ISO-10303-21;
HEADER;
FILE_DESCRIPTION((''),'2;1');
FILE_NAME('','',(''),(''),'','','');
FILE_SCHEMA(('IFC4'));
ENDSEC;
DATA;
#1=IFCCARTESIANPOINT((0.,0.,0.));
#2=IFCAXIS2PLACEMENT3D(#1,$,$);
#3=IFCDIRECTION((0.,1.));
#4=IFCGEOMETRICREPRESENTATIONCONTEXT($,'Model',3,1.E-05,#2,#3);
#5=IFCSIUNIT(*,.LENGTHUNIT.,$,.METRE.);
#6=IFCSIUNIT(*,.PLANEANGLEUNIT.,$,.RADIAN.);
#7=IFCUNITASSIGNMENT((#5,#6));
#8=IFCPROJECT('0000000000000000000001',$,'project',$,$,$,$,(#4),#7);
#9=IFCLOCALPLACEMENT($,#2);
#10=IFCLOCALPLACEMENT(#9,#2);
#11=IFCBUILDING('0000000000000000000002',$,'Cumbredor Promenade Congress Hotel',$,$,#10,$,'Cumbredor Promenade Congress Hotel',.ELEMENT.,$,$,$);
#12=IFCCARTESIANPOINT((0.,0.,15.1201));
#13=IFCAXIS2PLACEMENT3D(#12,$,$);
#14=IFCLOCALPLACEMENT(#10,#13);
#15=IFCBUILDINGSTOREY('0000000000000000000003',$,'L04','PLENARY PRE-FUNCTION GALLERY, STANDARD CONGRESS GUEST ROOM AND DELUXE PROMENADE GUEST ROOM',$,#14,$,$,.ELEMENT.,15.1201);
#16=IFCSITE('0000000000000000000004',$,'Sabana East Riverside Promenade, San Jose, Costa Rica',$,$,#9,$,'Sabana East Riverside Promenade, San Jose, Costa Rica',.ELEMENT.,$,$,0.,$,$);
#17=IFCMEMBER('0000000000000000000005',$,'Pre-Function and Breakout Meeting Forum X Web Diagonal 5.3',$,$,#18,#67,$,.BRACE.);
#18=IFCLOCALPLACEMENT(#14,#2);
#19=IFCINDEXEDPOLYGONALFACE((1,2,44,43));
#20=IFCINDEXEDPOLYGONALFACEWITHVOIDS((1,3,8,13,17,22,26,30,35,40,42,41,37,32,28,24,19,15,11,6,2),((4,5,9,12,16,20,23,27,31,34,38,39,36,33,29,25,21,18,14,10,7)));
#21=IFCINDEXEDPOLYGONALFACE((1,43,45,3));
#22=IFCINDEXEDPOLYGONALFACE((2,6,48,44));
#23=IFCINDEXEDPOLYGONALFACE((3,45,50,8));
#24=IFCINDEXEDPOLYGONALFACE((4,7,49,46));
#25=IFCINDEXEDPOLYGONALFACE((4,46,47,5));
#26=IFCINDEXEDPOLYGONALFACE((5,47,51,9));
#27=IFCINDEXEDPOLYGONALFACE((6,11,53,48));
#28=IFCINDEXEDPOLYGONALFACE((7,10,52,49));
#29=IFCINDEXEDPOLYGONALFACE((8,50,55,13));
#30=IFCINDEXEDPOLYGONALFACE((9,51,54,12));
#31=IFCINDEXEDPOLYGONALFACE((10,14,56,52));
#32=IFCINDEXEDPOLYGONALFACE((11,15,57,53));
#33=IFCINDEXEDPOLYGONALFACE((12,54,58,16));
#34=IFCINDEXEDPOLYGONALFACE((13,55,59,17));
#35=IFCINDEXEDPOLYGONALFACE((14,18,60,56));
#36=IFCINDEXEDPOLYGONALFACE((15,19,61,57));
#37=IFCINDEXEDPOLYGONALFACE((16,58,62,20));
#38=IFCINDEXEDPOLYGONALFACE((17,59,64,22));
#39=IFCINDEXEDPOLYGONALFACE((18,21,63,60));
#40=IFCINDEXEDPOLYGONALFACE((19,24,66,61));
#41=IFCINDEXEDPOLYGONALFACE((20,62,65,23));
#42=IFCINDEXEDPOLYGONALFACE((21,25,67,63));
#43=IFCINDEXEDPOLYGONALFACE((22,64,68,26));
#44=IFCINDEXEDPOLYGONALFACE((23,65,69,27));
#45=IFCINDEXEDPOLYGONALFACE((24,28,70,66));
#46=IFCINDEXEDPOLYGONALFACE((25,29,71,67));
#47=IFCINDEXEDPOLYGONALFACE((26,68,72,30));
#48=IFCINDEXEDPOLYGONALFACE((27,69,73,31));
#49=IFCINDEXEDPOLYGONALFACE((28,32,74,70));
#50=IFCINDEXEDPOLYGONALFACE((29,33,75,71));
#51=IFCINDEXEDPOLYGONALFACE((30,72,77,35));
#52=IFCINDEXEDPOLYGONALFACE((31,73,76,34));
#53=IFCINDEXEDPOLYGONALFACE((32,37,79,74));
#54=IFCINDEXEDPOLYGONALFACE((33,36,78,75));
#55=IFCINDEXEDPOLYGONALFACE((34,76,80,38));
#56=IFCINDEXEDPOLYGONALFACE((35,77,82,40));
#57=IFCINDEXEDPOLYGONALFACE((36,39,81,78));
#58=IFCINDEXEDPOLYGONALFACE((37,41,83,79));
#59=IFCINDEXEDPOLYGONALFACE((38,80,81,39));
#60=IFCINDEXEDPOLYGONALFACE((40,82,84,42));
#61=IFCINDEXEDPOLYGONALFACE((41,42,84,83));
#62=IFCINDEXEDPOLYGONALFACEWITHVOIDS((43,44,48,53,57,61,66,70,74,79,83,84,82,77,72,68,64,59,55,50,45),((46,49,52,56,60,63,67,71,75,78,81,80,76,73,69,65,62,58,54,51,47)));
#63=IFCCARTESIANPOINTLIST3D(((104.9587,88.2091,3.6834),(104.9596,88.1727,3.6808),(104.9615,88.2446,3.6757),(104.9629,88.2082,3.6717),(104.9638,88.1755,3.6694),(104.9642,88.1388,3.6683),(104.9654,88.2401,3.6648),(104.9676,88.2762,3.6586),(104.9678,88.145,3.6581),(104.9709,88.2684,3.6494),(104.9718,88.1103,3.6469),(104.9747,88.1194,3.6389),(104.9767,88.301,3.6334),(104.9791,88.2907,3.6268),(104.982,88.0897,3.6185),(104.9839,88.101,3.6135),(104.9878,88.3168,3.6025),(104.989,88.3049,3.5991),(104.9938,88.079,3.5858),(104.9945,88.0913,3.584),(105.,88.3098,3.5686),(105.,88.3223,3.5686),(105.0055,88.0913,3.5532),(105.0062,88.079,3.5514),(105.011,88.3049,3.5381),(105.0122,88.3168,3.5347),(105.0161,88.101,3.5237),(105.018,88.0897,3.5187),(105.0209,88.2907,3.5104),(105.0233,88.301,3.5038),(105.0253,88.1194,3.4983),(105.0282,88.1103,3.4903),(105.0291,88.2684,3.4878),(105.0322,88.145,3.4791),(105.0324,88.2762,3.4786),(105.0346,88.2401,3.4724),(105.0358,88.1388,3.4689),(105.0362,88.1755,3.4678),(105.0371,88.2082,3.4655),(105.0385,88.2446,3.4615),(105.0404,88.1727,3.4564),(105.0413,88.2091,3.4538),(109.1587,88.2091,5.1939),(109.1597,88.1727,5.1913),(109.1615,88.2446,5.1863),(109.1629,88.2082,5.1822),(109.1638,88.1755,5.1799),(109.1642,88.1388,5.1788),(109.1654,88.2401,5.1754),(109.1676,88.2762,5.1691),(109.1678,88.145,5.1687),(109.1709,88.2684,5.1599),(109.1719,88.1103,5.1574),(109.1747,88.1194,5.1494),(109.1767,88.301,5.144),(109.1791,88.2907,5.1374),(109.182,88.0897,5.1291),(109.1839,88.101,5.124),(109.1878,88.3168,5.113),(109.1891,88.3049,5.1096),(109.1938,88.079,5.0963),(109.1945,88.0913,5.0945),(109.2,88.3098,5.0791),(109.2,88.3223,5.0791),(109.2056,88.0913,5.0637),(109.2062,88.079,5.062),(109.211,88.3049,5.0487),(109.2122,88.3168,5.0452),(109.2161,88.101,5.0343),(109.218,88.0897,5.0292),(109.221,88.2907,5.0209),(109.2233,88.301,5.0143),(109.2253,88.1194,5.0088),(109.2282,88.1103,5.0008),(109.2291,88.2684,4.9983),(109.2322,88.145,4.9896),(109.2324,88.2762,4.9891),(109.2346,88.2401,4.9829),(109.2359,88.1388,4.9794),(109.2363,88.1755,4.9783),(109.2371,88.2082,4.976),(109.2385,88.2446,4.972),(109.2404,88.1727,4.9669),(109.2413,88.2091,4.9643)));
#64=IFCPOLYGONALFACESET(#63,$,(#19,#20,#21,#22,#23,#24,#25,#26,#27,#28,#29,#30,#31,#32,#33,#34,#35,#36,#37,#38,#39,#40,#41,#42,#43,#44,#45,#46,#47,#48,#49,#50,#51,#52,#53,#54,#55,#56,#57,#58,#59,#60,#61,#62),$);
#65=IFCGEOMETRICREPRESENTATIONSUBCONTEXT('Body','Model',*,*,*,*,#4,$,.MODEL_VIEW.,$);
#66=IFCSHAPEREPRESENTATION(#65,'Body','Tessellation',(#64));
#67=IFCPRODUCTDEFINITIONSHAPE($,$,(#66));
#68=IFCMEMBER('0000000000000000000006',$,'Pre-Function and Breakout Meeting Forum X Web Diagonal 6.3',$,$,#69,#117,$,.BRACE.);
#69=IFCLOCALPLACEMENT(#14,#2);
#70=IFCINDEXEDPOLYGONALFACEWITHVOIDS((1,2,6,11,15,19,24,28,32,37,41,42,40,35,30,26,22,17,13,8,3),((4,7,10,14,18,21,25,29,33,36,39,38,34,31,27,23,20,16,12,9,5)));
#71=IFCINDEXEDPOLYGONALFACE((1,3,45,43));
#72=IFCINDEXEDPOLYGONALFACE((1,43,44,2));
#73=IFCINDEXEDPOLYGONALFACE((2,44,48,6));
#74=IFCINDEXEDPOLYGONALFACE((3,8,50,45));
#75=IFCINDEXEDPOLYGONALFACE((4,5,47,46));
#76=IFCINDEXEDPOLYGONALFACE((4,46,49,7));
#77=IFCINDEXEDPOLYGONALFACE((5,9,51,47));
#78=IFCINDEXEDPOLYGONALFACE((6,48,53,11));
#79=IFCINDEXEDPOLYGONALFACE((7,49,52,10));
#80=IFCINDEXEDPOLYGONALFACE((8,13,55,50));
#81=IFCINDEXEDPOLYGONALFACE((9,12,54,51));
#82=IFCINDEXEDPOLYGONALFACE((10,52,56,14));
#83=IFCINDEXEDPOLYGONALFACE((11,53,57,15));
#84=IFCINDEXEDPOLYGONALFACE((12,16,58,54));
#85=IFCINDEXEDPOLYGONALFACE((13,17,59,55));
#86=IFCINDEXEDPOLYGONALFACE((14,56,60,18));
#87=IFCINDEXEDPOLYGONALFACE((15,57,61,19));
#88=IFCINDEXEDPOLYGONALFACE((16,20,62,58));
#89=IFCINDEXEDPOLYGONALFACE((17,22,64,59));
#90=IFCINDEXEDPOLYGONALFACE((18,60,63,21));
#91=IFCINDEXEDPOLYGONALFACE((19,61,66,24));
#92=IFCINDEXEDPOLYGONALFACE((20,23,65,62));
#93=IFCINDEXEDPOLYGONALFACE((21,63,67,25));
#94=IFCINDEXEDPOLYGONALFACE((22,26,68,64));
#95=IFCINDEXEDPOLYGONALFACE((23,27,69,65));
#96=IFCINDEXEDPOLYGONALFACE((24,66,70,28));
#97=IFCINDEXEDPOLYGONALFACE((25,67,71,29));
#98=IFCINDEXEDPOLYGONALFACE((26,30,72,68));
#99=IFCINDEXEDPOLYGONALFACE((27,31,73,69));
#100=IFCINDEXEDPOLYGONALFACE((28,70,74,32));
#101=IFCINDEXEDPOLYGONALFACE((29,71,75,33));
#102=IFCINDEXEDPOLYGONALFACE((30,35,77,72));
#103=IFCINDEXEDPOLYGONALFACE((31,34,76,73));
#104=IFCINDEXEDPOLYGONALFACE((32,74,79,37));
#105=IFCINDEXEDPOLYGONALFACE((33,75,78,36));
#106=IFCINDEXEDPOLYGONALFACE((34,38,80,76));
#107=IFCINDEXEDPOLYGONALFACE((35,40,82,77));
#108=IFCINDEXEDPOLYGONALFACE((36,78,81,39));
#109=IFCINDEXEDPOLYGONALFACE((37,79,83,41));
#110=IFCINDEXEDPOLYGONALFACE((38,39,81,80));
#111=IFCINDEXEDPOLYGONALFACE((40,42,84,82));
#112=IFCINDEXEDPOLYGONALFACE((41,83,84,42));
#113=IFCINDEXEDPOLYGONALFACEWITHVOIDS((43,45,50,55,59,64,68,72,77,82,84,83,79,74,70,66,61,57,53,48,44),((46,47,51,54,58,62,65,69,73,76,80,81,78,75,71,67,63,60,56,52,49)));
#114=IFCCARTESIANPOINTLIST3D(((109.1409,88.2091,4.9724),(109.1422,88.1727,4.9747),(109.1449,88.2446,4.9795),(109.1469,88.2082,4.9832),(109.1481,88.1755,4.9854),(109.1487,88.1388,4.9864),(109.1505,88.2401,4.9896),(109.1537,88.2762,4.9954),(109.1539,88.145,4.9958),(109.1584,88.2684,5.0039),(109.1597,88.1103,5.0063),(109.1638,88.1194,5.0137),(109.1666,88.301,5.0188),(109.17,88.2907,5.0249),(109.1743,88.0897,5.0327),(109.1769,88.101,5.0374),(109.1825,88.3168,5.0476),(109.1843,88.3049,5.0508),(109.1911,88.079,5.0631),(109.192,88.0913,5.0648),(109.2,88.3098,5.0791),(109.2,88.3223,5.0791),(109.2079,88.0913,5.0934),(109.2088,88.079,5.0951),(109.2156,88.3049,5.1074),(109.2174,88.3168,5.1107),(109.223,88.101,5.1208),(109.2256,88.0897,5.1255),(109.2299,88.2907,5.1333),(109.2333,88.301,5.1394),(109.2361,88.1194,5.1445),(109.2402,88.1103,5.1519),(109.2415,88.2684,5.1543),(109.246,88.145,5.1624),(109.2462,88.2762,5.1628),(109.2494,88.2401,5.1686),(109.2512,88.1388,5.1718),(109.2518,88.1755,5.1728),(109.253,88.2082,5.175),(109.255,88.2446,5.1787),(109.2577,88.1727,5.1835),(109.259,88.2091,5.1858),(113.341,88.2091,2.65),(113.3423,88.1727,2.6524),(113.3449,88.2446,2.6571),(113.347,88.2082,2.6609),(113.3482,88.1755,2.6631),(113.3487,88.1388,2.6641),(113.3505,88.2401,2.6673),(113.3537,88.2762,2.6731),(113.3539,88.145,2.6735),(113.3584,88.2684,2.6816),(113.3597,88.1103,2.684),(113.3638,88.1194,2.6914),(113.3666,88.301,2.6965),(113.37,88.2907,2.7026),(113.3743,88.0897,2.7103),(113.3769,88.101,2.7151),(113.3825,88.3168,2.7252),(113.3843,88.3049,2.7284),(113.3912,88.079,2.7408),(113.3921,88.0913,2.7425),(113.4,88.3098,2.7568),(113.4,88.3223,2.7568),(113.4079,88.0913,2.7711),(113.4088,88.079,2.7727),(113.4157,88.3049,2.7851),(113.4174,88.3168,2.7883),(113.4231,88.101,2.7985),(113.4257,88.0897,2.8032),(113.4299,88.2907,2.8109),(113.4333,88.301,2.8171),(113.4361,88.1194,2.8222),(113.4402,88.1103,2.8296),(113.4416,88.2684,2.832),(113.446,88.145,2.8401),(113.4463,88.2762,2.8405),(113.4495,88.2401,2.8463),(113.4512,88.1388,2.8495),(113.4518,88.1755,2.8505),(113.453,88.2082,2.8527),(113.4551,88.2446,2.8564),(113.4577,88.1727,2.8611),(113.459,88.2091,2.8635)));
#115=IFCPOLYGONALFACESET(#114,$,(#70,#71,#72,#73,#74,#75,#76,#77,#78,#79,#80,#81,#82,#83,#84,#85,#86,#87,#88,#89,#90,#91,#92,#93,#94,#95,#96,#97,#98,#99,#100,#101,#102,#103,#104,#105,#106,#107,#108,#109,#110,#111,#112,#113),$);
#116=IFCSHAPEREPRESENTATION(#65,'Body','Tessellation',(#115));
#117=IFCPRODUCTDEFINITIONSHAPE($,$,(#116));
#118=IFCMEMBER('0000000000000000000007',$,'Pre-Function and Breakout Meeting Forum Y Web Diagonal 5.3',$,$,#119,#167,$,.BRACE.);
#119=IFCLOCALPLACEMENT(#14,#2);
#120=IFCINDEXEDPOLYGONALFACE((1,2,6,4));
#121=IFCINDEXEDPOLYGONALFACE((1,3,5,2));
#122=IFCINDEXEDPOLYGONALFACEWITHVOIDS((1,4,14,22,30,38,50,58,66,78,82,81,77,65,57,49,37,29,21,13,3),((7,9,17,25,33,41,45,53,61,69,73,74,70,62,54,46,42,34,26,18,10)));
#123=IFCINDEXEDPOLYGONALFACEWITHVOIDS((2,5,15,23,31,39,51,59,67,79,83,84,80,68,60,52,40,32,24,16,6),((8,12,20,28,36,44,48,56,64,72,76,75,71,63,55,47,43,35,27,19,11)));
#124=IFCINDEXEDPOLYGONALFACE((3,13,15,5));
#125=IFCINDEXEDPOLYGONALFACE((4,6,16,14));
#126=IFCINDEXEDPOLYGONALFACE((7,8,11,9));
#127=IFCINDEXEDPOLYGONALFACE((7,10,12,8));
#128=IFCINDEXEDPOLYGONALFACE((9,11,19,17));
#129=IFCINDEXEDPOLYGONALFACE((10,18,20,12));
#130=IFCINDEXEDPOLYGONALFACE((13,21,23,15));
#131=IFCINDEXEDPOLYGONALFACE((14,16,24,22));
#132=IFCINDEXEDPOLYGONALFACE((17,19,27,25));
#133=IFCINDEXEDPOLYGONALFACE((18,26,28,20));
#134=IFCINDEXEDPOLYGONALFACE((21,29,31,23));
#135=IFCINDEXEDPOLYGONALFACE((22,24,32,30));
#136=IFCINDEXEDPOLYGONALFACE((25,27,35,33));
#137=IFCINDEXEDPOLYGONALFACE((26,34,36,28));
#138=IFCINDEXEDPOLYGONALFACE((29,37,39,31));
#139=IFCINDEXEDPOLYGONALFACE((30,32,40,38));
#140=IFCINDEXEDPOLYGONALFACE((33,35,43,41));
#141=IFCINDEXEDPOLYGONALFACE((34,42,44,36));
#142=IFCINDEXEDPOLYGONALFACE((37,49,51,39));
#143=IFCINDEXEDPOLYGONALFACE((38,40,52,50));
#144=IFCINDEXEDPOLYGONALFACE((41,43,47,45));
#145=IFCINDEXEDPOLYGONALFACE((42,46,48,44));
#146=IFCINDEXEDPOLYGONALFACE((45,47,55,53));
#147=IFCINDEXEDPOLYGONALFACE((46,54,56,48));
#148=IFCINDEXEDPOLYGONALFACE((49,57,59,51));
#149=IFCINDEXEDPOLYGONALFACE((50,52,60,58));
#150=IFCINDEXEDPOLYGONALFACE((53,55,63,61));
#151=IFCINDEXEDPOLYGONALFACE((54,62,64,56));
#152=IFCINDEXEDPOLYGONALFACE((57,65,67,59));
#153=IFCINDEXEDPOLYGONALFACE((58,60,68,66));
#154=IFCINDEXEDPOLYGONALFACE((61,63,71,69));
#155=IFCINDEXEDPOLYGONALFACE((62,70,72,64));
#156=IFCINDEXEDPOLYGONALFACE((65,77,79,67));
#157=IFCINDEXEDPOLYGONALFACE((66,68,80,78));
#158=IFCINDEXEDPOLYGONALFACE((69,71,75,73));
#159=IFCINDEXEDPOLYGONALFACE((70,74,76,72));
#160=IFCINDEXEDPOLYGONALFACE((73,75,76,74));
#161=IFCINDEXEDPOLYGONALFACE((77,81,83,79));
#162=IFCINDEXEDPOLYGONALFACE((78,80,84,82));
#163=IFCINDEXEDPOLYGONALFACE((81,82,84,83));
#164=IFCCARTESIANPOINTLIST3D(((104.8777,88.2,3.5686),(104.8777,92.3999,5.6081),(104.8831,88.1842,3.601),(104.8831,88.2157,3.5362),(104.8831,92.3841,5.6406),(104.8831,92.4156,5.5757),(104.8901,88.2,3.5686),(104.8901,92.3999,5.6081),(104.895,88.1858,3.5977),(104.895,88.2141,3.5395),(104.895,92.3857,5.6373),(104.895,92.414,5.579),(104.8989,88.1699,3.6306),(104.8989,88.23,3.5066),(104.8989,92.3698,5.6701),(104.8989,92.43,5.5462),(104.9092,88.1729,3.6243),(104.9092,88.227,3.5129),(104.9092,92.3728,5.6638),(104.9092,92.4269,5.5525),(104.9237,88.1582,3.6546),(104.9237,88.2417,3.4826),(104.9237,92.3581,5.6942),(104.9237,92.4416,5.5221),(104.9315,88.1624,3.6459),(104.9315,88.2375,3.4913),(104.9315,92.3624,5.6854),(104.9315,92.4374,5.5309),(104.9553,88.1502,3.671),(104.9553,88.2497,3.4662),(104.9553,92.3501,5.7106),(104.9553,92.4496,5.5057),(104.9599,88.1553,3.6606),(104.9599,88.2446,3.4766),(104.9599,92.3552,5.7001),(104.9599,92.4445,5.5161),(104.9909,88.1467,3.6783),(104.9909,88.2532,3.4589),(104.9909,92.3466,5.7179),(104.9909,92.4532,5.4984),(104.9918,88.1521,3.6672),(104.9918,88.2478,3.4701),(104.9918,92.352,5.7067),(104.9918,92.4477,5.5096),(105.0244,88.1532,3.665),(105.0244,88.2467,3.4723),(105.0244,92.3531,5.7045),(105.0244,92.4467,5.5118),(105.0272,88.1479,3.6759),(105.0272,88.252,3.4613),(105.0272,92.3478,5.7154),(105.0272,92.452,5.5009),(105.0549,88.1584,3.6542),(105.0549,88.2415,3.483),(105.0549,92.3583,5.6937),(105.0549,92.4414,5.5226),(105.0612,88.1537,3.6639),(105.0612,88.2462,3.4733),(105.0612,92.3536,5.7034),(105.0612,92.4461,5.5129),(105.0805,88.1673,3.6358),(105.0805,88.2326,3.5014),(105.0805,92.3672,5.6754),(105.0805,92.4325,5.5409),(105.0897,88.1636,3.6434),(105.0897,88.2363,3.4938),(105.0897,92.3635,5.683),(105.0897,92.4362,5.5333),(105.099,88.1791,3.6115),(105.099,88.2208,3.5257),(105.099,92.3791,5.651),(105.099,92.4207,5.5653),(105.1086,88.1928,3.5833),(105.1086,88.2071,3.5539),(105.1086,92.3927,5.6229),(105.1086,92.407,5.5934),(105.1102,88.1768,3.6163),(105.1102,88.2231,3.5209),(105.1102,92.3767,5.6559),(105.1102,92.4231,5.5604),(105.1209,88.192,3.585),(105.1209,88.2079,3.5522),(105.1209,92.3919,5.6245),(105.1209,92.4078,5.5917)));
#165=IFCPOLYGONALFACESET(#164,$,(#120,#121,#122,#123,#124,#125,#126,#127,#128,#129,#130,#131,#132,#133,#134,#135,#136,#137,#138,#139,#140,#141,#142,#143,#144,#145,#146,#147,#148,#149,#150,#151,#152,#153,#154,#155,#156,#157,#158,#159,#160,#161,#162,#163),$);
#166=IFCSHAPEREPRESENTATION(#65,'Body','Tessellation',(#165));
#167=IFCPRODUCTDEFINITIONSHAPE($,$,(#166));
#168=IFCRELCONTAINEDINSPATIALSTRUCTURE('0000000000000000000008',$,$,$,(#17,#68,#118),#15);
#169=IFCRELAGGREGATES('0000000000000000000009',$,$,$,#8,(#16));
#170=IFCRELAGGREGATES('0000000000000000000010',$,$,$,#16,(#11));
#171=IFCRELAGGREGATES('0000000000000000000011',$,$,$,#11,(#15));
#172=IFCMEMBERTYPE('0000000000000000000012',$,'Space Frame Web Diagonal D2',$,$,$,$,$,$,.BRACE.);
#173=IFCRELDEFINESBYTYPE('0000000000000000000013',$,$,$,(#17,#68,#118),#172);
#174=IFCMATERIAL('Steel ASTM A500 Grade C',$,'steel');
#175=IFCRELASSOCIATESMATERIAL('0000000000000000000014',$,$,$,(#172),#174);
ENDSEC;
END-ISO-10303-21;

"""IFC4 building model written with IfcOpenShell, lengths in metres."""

from ifc_helpers import new_model, si_unit, direction, frame, origin, origin_2d, place, context, subcontext, project, spatial, hollow_circle, extrude, material, material_profile, profile_set, type_object, element, save


model = new_model("IFC4")

# Units and contexts
model_context = context("Model", 3, precision=1e-05, world=origin(), true_north=direction((0.0, 1.0)))
body_context = subcontext(model_context, "Body", "Model", "MODEL_VIEW")
ifc_project = project(units=[si_unit("LENGTHUNIT", "METRE"), si_unit("PLANEANGLEUNIT", "RADIAN")], contexts=[model_context])

# Site, building, storey
site_placement = place(None, origin())
site = spatial("IfcSite", under=ifc_project, at=site_placement, Name="Sabana East Riverside Promenade, San Jose, Costa Rica", LongName="Sabana East Riverside Promenade, San Jose, Costa Rica", CompositionType="ELEMENT", RefElevation=0.0)
building_placement = place(site_placement, origin())
building = spatial("IfcBuilding", under=site, at=building_placement, Name="Cumbredor Promenade Congress Hotel", LongName="Cumbredor Promenade Congress Hotel", CompositionType="ELEMENT")
storey_placement = place(building_placement, frame((0.0, 0.0, 15.1201)))
storey = spatial("IfcBuildingStorey", under=building, at=storey_placement, Name="L04", Description="PLENARY PRE-FUNCTION GALLERY, STANDARD CONGRESS GUEST ROOM AND DELUXE PROMENADE GUEST ROOM", CompositionType="ELEMENT", Elevation=15.1201)

# Members
ifc_material_1 = material(Name="Steel ASTM A500 Grade C", Category="steel")
ifc_material_profile_1 = material_profile(ifc_material_1, hollow_circle(Radius=0.1223, WallThickness=0.0125, at=origin_2d()), Name="CHS 244.5x12.5")
ifc_profile_set_1 = profile_set([ifc_material_profile_1], Name="Steel ASTM A500 Grade C")
member_type_1 = type_object("IfcMemberType", Name="Space Frame Web Diagonal D2", PredefinedType="BRACE", material=ifc_profile_set_1)
member_1_placement = place(storey_placement, frame((105.0, 88.2, 3.5686), z_axis=(0.940993, 0.0, 0.338425), x_axis=(0.0, 1.0, 0.0)))
element("IfcMember", 1, at=member_1_placement, inside=storey, type_object=member_type_1, Name="Pre-Function and Breakout Meeting Forum X Web Diagonal 5.3", PredefinedType="BRACE", context=body_context, shape_type="SweptSolid", body=[
    extrude(hollow_circle(Radius=0.1223, WallThickness=0.0125, at=origin_2d()), origin(), (0.0, 0.0, 1.0), 4.4634),
])
member_2_placement = place(storey_placement, frame((109.2, 88.2, 5.0791), z_axis=(0.875132, 0.0, -0.483884), x_axis=(0.0, 1.0, 0.0)))
element("IfcMember", 2, at=member_2_placement, inside=storey, type_object=member_type_1, Name="Pre-Function and Breakout Meeting Forum X Web Diagonal 6.3", PredefinedType="BRACE", context=body_context, shape_type="SweptSolid", body=[
    extrude(hollow_circle(Radius=0.1223, WallThickness=0.0125, at=origin_2d()), origin(), (0.0, 0.0, 1.0), 4.7993),
])
member_3_placement = place(storey_placement, frame((105.0, 88.2, 3.5686), z_axis=(0.0, 0.899544, 0.43683), x_axis=(-1.0, 0.0, 0.0)))
element("IfcMember", 3, at=member_3_placement, inside=storey, type_object=member_type_1, Name="Pre-Function and Breakout Meeting Forum Y Web Diagonal 5.3", PredefinedType="BRACE", context=body_context, shape_type="SweptSolid", body=[
    extrude(hollow_circle(Radius=0.1223, WallThickness=0.0125, at=origin_2d()), origin(), (0.0, 0.0, 1.0), 4.6689),
])

save(model, "model.ifc")
